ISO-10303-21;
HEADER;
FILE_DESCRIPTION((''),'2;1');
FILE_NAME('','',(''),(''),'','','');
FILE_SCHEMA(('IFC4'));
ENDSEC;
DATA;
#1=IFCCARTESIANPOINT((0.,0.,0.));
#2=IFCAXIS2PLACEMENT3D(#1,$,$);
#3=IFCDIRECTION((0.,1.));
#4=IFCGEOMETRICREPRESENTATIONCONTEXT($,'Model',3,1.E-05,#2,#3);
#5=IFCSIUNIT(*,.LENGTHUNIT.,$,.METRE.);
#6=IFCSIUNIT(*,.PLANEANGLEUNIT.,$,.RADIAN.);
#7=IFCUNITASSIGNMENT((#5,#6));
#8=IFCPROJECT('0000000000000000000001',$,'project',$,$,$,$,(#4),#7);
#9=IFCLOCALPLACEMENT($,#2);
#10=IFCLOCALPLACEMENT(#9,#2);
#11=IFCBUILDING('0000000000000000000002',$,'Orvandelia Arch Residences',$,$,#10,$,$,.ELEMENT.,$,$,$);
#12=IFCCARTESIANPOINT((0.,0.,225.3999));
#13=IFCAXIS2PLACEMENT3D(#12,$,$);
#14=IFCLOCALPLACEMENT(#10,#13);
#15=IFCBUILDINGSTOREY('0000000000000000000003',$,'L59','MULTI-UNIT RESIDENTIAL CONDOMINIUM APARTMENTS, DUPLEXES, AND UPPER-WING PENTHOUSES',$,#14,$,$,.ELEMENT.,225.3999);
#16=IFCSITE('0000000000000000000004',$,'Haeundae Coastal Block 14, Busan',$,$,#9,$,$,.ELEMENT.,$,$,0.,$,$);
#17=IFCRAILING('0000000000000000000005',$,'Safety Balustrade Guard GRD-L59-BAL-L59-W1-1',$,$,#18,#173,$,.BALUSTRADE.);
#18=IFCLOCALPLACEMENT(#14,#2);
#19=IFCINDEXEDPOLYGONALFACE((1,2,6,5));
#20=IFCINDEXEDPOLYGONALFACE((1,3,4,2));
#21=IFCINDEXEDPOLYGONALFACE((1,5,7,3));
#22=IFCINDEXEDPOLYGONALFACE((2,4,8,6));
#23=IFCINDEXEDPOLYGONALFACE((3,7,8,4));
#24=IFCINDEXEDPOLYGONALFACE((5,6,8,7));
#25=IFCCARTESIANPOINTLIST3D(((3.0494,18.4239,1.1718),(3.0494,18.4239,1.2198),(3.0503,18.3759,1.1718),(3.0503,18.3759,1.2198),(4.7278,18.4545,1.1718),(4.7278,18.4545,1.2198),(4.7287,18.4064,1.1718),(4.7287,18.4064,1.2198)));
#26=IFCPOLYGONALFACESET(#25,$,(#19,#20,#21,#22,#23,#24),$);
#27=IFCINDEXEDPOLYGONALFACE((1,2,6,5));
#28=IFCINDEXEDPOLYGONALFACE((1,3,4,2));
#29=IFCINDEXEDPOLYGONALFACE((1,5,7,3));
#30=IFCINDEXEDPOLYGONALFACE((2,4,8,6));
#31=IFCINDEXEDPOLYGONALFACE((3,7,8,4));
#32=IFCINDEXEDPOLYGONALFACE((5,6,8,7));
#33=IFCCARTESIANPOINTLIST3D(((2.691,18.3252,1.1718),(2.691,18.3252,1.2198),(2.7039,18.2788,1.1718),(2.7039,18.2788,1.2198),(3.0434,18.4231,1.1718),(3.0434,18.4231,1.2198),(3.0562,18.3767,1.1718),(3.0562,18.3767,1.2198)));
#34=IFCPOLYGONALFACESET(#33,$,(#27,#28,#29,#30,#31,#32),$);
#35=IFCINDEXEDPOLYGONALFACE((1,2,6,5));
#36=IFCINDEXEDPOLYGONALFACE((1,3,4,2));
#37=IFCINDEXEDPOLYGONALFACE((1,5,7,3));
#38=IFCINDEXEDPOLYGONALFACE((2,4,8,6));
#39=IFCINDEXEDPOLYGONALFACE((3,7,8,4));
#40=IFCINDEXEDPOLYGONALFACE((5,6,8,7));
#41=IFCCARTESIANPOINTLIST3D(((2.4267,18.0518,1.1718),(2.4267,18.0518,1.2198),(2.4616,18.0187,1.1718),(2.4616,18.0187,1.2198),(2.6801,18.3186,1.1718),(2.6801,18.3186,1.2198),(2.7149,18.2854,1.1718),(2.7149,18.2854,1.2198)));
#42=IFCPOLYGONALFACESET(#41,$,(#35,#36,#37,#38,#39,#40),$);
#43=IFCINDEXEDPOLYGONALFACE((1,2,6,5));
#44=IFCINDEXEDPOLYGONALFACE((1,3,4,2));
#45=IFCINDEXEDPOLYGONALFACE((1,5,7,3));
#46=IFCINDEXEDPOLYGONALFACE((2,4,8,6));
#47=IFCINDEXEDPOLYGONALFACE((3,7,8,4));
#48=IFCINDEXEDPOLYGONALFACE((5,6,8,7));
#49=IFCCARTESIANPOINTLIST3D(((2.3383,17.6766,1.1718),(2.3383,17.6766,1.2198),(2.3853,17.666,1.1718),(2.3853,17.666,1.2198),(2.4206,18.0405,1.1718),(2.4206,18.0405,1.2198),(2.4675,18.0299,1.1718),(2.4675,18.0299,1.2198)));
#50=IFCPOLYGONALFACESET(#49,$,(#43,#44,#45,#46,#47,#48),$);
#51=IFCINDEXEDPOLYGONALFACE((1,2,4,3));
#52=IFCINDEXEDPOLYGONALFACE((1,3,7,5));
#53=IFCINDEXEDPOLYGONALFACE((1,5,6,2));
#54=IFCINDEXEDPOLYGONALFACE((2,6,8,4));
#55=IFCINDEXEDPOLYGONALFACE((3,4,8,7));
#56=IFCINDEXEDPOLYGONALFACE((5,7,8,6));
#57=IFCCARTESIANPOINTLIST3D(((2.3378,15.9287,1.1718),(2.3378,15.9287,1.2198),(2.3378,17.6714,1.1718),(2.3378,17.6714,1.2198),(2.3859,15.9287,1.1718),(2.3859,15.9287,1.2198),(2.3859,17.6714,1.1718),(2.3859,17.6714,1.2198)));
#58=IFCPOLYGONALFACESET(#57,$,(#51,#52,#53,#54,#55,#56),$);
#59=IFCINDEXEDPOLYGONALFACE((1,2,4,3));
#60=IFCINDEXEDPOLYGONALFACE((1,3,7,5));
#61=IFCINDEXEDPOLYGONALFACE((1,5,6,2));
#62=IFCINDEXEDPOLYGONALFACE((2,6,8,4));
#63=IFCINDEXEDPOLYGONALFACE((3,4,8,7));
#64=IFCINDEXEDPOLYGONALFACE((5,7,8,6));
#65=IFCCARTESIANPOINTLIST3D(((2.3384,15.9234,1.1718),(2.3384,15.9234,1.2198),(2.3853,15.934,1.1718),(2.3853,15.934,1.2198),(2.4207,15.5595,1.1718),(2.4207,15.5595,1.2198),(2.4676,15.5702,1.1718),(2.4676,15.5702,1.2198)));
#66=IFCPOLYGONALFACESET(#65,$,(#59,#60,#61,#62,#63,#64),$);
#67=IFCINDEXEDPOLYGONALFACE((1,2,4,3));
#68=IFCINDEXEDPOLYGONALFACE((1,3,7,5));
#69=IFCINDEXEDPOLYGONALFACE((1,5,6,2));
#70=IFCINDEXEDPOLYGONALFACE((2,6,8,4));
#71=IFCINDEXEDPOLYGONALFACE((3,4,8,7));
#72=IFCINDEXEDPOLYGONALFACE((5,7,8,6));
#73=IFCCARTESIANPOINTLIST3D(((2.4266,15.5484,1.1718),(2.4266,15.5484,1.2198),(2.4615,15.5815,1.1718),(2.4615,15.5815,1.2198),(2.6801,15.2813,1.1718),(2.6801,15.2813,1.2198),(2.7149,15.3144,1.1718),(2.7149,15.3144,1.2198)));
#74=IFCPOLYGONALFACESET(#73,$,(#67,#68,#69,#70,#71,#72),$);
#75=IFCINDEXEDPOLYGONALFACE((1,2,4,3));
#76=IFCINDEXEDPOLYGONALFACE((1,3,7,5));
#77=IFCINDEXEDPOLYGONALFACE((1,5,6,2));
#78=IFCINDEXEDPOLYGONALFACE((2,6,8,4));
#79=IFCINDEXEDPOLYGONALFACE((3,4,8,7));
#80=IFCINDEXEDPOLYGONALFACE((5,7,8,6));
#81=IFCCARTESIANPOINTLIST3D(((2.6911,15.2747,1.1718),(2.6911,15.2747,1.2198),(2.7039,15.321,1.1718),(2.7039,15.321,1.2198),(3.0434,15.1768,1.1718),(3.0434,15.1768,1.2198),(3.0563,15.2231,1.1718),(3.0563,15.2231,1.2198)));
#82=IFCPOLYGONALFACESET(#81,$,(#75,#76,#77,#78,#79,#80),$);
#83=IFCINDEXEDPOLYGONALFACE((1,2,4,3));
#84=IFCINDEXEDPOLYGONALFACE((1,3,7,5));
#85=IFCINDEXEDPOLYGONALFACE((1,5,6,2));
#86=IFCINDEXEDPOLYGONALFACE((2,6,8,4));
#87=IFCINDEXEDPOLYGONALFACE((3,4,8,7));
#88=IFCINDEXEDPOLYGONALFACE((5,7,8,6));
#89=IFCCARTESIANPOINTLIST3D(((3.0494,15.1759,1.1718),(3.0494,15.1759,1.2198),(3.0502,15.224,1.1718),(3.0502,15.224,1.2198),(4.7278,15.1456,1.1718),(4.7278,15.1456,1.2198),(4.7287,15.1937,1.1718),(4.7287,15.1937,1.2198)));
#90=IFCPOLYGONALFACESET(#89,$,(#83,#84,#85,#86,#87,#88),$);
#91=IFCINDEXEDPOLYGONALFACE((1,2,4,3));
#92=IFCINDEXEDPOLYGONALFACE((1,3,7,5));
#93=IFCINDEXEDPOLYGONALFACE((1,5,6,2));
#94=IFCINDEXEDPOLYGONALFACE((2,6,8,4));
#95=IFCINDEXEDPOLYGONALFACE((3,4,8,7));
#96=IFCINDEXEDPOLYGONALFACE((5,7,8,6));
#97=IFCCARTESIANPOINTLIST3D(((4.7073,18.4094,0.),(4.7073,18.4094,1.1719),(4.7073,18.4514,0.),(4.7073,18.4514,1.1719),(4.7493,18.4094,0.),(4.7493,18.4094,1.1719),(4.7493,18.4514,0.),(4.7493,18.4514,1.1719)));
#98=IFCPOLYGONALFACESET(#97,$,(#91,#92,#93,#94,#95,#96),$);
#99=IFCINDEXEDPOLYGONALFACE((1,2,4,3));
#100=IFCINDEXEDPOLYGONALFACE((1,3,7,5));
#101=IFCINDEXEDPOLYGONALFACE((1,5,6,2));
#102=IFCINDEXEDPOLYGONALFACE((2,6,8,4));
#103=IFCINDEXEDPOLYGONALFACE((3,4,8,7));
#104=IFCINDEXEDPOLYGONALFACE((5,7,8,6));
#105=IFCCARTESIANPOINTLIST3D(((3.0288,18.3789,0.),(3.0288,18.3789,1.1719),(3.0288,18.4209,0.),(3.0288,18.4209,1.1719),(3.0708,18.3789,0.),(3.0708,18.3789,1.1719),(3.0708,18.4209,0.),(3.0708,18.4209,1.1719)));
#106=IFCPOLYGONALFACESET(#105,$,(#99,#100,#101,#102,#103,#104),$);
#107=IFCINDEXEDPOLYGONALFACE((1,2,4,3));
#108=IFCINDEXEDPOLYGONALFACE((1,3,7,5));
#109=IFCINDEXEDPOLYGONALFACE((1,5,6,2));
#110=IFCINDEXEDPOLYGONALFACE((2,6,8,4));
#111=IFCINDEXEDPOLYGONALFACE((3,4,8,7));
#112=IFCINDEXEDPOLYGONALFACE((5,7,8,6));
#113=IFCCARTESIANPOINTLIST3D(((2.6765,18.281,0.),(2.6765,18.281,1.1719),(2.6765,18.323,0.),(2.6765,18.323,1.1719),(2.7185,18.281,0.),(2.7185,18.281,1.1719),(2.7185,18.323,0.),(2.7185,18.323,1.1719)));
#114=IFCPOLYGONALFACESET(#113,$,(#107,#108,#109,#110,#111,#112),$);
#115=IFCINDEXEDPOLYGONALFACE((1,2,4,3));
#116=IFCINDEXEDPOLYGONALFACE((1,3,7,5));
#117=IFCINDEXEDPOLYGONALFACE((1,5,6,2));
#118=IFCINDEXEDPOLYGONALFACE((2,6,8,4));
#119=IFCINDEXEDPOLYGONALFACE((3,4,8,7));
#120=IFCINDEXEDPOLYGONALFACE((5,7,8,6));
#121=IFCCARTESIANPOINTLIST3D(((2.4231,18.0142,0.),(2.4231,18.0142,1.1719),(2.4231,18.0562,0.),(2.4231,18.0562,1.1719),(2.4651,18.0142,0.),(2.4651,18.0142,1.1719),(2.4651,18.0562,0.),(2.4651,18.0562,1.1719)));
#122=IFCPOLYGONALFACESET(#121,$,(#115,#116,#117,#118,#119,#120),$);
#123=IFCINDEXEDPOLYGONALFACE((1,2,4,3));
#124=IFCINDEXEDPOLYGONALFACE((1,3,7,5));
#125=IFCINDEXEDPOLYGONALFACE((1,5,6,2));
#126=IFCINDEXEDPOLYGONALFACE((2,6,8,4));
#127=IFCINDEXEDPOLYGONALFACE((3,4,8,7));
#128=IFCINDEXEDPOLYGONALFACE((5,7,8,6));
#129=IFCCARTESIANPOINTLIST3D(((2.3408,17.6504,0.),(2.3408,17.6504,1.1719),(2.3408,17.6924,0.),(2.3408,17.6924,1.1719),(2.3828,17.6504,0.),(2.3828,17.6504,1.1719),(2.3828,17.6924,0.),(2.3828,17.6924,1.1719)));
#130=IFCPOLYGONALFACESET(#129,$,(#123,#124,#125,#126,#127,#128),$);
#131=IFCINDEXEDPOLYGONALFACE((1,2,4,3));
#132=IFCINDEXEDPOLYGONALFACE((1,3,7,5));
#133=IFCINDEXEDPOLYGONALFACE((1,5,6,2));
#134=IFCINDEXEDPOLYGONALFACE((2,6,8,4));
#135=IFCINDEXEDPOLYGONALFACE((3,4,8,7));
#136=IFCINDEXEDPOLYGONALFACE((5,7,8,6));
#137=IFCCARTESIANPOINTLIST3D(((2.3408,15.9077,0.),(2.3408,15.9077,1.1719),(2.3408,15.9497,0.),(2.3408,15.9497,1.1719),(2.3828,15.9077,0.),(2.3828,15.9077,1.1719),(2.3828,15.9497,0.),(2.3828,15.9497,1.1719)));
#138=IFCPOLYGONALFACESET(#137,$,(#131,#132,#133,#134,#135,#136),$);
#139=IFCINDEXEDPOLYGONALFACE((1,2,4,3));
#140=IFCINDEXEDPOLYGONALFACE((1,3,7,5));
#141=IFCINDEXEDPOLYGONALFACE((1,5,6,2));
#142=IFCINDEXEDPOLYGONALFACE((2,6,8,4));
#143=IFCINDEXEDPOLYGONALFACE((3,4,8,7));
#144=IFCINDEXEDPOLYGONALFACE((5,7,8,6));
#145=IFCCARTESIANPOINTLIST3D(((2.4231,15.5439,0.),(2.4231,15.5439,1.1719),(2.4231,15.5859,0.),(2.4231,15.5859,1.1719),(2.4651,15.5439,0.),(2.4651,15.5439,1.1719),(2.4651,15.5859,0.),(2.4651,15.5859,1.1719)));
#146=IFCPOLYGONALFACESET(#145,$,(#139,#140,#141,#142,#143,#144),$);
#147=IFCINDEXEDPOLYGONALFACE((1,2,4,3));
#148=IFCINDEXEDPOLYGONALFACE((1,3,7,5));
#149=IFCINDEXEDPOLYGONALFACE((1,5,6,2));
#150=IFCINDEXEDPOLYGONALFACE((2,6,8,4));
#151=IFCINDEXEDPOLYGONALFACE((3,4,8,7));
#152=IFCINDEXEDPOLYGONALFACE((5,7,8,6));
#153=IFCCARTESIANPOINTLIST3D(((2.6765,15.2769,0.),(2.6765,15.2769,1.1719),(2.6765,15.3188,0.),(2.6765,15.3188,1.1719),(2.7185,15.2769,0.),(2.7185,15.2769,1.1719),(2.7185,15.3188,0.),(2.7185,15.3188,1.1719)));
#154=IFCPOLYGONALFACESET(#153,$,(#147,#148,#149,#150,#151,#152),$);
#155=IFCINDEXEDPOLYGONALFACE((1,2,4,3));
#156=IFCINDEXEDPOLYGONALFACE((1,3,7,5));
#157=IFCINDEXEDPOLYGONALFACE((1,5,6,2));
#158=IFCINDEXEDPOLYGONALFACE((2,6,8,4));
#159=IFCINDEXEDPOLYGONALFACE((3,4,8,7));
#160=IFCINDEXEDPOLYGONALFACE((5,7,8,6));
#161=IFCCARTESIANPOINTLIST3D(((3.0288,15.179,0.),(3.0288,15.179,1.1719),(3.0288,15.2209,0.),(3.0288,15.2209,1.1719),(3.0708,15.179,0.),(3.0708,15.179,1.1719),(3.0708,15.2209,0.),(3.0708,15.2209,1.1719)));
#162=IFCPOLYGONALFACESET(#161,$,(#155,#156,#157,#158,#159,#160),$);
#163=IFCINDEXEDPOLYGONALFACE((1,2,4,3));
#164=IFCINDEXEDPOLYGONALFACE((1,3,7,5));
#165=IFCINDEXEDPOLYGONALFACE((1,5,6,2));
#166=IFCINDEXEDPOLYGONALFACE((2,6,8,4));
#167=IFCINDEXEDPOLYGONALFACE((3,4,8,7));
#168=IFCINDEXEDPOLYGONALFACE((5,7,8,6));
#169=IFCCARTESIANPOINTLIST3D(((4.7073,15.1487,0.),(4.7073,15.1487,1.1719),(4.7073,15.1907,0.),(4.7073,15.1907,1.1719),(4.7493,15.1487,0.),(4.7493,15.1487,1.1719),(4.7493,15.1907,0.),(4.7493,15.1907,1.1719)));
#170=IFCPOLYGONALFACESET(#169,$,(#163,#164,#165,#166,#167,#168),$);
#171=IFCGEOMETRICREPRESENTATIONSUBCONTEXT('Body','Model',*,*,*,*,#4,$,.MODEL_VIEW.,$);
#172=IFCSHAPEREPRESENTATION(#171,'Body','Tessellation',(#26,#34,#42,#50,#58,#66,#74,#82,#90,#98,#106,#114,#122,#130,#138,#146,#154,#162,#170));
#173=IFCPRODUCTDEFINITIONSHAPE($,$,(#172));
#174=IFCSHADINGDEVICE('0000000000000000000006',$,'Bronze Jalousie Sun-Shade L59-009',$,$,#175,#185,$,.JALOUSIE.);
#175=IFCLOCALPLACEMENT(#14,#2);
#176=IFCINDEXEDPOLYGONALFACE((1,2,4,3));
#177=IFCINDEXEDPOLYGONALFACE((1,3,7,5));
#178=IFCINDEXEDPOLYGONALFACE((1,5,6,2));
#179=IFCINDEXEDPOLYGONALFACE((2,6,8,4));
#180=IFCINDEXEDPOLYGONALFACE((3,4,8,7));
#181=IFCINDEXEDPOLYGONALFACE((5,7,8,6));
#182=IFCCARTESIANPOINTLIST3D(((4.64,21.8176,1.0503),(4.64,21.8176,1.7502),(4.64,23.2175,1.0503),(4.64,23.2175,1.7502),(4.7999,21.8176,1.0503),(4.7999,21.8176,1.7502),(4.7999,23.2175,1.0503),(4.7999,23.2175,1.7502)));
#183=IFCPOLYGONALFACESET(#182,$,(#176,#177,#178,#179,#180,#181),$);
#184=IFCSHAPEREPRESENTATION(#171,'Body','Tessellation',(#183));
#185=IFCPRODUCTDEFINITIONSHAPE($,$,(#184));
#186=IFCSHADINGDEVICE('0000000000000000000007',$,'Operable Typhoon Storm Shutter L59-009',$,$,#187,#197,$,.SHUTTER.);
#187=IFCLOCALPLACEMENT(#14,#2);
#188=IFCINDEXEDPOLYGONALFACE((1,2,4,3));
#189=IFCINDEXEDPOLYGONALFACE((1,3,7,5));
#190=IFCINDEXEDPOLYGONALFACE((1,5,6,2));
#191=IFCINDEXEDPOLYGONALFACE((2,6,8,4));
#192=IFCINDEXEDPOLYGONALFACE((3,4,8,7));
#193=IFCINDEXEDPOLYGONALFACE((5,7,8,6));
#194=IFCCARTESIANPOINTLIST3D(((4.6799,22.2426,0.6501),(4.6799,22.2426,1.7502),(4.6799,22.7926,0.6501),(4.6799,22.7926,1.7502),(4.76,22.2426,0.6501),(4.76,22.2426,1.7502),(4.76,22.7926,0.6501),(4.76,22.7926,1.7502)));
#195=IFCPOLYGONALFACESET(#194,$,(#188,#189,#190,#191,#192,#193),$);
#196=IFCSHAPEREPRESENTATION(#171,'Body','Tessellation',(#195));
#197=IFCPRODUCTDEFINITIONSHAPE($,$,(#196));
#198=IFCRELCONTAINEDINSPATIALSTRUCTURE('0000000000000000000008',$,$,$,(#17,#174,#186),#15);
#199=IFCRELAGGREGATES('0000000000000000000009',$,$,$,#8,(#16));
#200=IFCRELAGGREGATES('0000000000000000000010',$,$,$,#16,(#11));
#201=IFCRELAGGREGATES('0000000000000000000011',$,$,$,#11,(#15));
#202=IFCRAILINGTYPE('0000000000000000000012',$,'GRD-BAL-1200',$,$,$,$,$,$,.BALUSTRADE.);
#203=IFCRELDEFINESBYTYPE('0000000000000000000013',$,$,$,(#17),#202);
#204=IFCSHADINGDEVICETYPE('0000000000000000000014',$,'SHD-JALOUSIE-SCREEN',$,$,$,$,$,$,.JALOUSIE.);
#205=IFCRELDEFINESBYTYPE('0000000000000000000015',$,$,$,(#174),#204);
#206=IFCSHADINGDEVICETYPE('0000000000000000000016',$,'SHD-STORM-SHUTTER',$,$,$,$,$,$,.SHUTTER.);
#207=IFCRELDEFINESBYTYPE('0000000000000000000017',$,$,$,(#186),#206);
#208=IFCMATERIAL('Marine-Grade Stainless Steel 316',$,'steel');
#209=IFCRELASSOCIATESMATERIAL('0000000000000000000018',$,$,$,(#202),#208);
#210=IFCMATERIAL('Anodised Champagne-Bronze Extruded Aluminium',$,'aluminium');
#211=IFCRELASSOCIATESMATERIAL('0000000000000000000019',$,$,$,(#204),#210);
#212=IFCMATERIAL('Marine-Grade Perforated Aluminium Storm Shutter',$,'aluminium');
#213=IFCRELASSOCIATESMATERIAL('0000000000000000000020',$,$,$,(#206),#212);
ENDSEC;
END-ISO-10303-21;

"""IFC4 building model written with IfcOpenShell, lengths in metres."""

from ifc_helpers import new_model, si_unit, direction, frame, origin, origin_2d, place, context, subcontext, project, spatial, rectangle, extrude, material, type_object, element, save


model = new_model("IFC4")

# Units and contexts
model_context = context("Model", 3, precision=1e-05, world=origin(), true_north=direction((0.0, 1.0)))
body_context = subcontext(model_context, "Body", "Model", "MODEL_VIEW")
ifc_project = project(units=[si_unit("LENGTHUNIT", "METRE"), si_unit("PLANEANGLEUNIT", "RADIAN")], contexts=[model_context])

# Site, building, storey
site_placement = place(None, origin())
site = spatial("IfcSite", under=ifc_project, at=site_placement, Name="Haeundae Coastal Block 14, Busan", CompositionType="ELEMENT", RefElevation=0.0)
building_placement = place(site_placement, origin())
building = spatial("IfcBuilding", under=site, at=building_placement, Name="Orvandelia Arch Residences", CompositionType="ELEMENT")
storey_placement = place(building_placement, frame((0.0, 0.0, 225.3999)))
storey = spatial("IfcBuildingStorey", under=building, at=storey_placement, Name="L59", Description="MULTI-UNIT RESIDENTIAL CONDOMINIUM APARTMENTS, DUPLEXES, AND UPPER-WING PENTHOUSES", CompositionType="ELEMENT", Elevation=225.3999)

# Railing
ifc_material_1 = material(Name="Marine-Grade Stainless Steel 316", Category="steel")
railing_type = type_object("IfcRailingType", Name="GRD-BAL-1200", PredefinedType="BALUSTRADE", material=ifc_material_1)
railing_placement = place(storey_placement, frame((4.7283, 18.4304, 0.0)))
element("IfcRailing", 1, at=railing_placement, inside=storey, type_object=railing_type, Name="Safety Balustrade Guard GRD-L59-BAL-L59-W1-1", PredefinedType="BALUSTRADE", context=body_context, shape_type="SweptSolid", body=[
    extrude(rectangle(XDim=0.0481, YDim=0.0481, at=origin_2d()), frame((0.0, 0.0, 1.1958), z_axis=(-0.999835, -0.018179, 0.0), x_axis=(0.018179, -0.999835, 0.0)), (0.0, 0.0, 1.0), 1.6787),
    extrude(rectangle(XDim=0.0481, YDim=0.0481, at=origin_2d()), frame((-1.6785, -0.0305, 1.1958), z_axis=(-0.963489, -0.267747, 0.0), x_axis=(0.267747, -0.963489, 0.0)), (0.0, 0.0, 1.0), 0.3657),
    extrude(rectangle(XDim=0.0481, YDim=0.0481, at=origin_2d()), frame((-2.0308, -0.1284, 1.1958), z_axis=(-0.688627, -0.725115, 0.0), x_axis=(0.725115, -0.688627, 0.0)), (0.0, 0.0, 1.0), 0.3679),
    extrude(rectangle(XDim=0.0481, YDim=0.0481, at=origin_2d()), frame((-2.2842, -0.3953, 1.1958), z_axis=(-0.220602, -0.975364, 0.0), x_axis=(0.975364, -0.220602, 0.0)), (0.0, 0.0, 1.0), 0.373),
    extrude(rectangle(XDim=0.0481, YDim=0.0481, at=origin_2d()), frame((-2.3665, -0.759, 1.1958), z_axis=(0.0, -1.0, 0.0), x_axis=(1.0, 0.0, 0.0)), (0.0, 0.0, 1.0), 1.7427),
    extrude(rectangle(XDim=0.0481, YDim=0.0481, at=origin_2d()), frame((-2.3665, -2.5017, 1.1958), z_axis=(0.220602, -0.975364, 0.0), x_axis=(0.975364, 0.220602, 0.0)), (0.0, 0.0, 1.0), 0.373),
    extrude(rectangle(XDim=0.0481, YDim=0.0481, at=origin_2d()), frame((-2.2842, -2.8655, 1.1958), z_axis=(0.688296, -0.72543, 0.0), x_axis=(0.72543, 0.688296, 0.0)), (0.0, 0.0, 1.0), 0.3682),
    extrude(rectangle(XDim=0.0481, YDim=0.0481, at=origin_2d()), frame((-2.0308, -3.1326, 1.1958), z_axis=(0.963489, -0.267747, 0.0), x_axis=(0.267747, 0.963489, 0.0)), (0.0, 0.0, 1.0), 0.3657),
    extrude(rectangle(XDim=0.0481, YDim=0.0481, at=origin_2d()), frame((-1.6785, -3.2305, 1.1958), z_axis=(0.999837, -0.018033, 0.0), x_axis=(0.018033, 0.999837, 0.0)), (0.0, 0.0, 1.0), 1.6787),
    extrude(rectangle(XDim=0.042, YDim=0.042, at=origin_2d()), origin(), (0.0, 0.0, 1.0), 1.1719),
    extrude(rectangle(XDim=0.042, YDim=0.042, at=origin_2d()), frame((-1.6785, -0.0305, 0.0)), (0.0, 0.0, 1.0), 1.1719),
    extrude(rectangle(XDim=0.042, YDim=0.042, at=origin_2d()), frame((-2.0308, -0.1284, 0.0)), (0.0, 0.0, 1.0), 1.1719),
    extrude(rectangle(XDim=0.042, YDim=0.042, at=origin_2d()), frame((-2.2842, -0.3953, 0.0)), (0.0, 0.0, 1.0), 1.1719),
    extrude(rectangle(XDim=0.042, YDim=0.042, at=origin_2d()), frame((-2.3665, -0.759, 0.0)), (0.0, 0.0, 1.0), 1.1719),
    extrude(rectangle(XDim=0.042, YDim=0.042, at=origin_2d()), frame((-2.3665, -2.5017, 0.0)), (0.0, 0.0, 1.0), 1.1719),
    extrude(rectangle(XDim=0.042, YDim=0.042, at=origin_2d()), frame((-2.2842, -2.8655, 0.0)), (0.0, 0.0, 1.0), 1.1719),
    extrude(rectangle(XDim=0.042, YDim=0.042, at=origin_2d()), frame((-2.0308, -3.1326, 0.0)), (0.0, 0.0, 1.0), 1.1719),
    extrude(rectangle(XDim=0.042, YDim=0.042, at=origin_2d()), frame((-1.6785, -3.2305, 0.0)), (0.0, 0.0, 1.0), 1.1719),
    extrude(rectangle(XDim=0.042, YDim=0.042, at=origin_2d()), frame((0.0, -3.2607, 0.0)), (0.0, 0.0, 1.0), 1.1719),
])

# Shading devices
ifc_material_2 = material(Name="Anodised Champagne-Bronze Extruded Aluminium", Category="aluminium")
shading_device_type_1 = type_object("IfcShadingDeviceType", Name="SHD-JALOUSIE-SCREEN", PredefinedType="JALOUSIE", material=ifc_material_2)
shading_device_1_placement = place(storey_placement, frame((4.72, 22.5176, 1.0503), z_axis=(0.0, 0.0, 1.0), x_axis=(0.0, 1.0, 0.0)))
element("IfcShadingDevice", 2, at=shading_device_1_placement, inside=storey, type_object=shading_device_type_1, Name="Bronze Jalousie Sun-Shade L59-009", PredefinedType="JALOUSIE", context=body_context, shape_type="SweptSolid", body=[
    extrude(rectangle(XDim=1.3999, YDim=0.1599, at=origin_2d()), origin(), (0.0, 0.0, 1.0), 0.7),
])
ifc_material_3 = material(Name="Marine-Grade Perforated Aluminium Storm Shutter", Category="aluminium")
shading_device_type_2 = type_object("IfcShadingDeviceType", Name="SHD-STORM-SHUTTER", PredefinedType="SHUTTER", material=ifc_material_3)
shading_device_2_placement = place(storey_placement, frame((4.72, 22.5176, 0.6501), z_axis=(0.0, 0.0, 1.0), x_axis=(0.0, 1.0, 0.0)))
element("IfcShadingDevice", 3, at=shading_device_2_placement, inside=storey, type_object=shading_device_type_2, Name="Operable Typhoon Storm Shutter L59-009", PredefinedType="SHUTTER", context=body_context, shape_type="SweptSolid", body=[
    extrude(rectangle(XDim=0.55, YDim=0.0801, at=origin_2d()), origin(), (0.0, 0.0, 1.0), 1.1001),
])

save(model, "model.ifc")
